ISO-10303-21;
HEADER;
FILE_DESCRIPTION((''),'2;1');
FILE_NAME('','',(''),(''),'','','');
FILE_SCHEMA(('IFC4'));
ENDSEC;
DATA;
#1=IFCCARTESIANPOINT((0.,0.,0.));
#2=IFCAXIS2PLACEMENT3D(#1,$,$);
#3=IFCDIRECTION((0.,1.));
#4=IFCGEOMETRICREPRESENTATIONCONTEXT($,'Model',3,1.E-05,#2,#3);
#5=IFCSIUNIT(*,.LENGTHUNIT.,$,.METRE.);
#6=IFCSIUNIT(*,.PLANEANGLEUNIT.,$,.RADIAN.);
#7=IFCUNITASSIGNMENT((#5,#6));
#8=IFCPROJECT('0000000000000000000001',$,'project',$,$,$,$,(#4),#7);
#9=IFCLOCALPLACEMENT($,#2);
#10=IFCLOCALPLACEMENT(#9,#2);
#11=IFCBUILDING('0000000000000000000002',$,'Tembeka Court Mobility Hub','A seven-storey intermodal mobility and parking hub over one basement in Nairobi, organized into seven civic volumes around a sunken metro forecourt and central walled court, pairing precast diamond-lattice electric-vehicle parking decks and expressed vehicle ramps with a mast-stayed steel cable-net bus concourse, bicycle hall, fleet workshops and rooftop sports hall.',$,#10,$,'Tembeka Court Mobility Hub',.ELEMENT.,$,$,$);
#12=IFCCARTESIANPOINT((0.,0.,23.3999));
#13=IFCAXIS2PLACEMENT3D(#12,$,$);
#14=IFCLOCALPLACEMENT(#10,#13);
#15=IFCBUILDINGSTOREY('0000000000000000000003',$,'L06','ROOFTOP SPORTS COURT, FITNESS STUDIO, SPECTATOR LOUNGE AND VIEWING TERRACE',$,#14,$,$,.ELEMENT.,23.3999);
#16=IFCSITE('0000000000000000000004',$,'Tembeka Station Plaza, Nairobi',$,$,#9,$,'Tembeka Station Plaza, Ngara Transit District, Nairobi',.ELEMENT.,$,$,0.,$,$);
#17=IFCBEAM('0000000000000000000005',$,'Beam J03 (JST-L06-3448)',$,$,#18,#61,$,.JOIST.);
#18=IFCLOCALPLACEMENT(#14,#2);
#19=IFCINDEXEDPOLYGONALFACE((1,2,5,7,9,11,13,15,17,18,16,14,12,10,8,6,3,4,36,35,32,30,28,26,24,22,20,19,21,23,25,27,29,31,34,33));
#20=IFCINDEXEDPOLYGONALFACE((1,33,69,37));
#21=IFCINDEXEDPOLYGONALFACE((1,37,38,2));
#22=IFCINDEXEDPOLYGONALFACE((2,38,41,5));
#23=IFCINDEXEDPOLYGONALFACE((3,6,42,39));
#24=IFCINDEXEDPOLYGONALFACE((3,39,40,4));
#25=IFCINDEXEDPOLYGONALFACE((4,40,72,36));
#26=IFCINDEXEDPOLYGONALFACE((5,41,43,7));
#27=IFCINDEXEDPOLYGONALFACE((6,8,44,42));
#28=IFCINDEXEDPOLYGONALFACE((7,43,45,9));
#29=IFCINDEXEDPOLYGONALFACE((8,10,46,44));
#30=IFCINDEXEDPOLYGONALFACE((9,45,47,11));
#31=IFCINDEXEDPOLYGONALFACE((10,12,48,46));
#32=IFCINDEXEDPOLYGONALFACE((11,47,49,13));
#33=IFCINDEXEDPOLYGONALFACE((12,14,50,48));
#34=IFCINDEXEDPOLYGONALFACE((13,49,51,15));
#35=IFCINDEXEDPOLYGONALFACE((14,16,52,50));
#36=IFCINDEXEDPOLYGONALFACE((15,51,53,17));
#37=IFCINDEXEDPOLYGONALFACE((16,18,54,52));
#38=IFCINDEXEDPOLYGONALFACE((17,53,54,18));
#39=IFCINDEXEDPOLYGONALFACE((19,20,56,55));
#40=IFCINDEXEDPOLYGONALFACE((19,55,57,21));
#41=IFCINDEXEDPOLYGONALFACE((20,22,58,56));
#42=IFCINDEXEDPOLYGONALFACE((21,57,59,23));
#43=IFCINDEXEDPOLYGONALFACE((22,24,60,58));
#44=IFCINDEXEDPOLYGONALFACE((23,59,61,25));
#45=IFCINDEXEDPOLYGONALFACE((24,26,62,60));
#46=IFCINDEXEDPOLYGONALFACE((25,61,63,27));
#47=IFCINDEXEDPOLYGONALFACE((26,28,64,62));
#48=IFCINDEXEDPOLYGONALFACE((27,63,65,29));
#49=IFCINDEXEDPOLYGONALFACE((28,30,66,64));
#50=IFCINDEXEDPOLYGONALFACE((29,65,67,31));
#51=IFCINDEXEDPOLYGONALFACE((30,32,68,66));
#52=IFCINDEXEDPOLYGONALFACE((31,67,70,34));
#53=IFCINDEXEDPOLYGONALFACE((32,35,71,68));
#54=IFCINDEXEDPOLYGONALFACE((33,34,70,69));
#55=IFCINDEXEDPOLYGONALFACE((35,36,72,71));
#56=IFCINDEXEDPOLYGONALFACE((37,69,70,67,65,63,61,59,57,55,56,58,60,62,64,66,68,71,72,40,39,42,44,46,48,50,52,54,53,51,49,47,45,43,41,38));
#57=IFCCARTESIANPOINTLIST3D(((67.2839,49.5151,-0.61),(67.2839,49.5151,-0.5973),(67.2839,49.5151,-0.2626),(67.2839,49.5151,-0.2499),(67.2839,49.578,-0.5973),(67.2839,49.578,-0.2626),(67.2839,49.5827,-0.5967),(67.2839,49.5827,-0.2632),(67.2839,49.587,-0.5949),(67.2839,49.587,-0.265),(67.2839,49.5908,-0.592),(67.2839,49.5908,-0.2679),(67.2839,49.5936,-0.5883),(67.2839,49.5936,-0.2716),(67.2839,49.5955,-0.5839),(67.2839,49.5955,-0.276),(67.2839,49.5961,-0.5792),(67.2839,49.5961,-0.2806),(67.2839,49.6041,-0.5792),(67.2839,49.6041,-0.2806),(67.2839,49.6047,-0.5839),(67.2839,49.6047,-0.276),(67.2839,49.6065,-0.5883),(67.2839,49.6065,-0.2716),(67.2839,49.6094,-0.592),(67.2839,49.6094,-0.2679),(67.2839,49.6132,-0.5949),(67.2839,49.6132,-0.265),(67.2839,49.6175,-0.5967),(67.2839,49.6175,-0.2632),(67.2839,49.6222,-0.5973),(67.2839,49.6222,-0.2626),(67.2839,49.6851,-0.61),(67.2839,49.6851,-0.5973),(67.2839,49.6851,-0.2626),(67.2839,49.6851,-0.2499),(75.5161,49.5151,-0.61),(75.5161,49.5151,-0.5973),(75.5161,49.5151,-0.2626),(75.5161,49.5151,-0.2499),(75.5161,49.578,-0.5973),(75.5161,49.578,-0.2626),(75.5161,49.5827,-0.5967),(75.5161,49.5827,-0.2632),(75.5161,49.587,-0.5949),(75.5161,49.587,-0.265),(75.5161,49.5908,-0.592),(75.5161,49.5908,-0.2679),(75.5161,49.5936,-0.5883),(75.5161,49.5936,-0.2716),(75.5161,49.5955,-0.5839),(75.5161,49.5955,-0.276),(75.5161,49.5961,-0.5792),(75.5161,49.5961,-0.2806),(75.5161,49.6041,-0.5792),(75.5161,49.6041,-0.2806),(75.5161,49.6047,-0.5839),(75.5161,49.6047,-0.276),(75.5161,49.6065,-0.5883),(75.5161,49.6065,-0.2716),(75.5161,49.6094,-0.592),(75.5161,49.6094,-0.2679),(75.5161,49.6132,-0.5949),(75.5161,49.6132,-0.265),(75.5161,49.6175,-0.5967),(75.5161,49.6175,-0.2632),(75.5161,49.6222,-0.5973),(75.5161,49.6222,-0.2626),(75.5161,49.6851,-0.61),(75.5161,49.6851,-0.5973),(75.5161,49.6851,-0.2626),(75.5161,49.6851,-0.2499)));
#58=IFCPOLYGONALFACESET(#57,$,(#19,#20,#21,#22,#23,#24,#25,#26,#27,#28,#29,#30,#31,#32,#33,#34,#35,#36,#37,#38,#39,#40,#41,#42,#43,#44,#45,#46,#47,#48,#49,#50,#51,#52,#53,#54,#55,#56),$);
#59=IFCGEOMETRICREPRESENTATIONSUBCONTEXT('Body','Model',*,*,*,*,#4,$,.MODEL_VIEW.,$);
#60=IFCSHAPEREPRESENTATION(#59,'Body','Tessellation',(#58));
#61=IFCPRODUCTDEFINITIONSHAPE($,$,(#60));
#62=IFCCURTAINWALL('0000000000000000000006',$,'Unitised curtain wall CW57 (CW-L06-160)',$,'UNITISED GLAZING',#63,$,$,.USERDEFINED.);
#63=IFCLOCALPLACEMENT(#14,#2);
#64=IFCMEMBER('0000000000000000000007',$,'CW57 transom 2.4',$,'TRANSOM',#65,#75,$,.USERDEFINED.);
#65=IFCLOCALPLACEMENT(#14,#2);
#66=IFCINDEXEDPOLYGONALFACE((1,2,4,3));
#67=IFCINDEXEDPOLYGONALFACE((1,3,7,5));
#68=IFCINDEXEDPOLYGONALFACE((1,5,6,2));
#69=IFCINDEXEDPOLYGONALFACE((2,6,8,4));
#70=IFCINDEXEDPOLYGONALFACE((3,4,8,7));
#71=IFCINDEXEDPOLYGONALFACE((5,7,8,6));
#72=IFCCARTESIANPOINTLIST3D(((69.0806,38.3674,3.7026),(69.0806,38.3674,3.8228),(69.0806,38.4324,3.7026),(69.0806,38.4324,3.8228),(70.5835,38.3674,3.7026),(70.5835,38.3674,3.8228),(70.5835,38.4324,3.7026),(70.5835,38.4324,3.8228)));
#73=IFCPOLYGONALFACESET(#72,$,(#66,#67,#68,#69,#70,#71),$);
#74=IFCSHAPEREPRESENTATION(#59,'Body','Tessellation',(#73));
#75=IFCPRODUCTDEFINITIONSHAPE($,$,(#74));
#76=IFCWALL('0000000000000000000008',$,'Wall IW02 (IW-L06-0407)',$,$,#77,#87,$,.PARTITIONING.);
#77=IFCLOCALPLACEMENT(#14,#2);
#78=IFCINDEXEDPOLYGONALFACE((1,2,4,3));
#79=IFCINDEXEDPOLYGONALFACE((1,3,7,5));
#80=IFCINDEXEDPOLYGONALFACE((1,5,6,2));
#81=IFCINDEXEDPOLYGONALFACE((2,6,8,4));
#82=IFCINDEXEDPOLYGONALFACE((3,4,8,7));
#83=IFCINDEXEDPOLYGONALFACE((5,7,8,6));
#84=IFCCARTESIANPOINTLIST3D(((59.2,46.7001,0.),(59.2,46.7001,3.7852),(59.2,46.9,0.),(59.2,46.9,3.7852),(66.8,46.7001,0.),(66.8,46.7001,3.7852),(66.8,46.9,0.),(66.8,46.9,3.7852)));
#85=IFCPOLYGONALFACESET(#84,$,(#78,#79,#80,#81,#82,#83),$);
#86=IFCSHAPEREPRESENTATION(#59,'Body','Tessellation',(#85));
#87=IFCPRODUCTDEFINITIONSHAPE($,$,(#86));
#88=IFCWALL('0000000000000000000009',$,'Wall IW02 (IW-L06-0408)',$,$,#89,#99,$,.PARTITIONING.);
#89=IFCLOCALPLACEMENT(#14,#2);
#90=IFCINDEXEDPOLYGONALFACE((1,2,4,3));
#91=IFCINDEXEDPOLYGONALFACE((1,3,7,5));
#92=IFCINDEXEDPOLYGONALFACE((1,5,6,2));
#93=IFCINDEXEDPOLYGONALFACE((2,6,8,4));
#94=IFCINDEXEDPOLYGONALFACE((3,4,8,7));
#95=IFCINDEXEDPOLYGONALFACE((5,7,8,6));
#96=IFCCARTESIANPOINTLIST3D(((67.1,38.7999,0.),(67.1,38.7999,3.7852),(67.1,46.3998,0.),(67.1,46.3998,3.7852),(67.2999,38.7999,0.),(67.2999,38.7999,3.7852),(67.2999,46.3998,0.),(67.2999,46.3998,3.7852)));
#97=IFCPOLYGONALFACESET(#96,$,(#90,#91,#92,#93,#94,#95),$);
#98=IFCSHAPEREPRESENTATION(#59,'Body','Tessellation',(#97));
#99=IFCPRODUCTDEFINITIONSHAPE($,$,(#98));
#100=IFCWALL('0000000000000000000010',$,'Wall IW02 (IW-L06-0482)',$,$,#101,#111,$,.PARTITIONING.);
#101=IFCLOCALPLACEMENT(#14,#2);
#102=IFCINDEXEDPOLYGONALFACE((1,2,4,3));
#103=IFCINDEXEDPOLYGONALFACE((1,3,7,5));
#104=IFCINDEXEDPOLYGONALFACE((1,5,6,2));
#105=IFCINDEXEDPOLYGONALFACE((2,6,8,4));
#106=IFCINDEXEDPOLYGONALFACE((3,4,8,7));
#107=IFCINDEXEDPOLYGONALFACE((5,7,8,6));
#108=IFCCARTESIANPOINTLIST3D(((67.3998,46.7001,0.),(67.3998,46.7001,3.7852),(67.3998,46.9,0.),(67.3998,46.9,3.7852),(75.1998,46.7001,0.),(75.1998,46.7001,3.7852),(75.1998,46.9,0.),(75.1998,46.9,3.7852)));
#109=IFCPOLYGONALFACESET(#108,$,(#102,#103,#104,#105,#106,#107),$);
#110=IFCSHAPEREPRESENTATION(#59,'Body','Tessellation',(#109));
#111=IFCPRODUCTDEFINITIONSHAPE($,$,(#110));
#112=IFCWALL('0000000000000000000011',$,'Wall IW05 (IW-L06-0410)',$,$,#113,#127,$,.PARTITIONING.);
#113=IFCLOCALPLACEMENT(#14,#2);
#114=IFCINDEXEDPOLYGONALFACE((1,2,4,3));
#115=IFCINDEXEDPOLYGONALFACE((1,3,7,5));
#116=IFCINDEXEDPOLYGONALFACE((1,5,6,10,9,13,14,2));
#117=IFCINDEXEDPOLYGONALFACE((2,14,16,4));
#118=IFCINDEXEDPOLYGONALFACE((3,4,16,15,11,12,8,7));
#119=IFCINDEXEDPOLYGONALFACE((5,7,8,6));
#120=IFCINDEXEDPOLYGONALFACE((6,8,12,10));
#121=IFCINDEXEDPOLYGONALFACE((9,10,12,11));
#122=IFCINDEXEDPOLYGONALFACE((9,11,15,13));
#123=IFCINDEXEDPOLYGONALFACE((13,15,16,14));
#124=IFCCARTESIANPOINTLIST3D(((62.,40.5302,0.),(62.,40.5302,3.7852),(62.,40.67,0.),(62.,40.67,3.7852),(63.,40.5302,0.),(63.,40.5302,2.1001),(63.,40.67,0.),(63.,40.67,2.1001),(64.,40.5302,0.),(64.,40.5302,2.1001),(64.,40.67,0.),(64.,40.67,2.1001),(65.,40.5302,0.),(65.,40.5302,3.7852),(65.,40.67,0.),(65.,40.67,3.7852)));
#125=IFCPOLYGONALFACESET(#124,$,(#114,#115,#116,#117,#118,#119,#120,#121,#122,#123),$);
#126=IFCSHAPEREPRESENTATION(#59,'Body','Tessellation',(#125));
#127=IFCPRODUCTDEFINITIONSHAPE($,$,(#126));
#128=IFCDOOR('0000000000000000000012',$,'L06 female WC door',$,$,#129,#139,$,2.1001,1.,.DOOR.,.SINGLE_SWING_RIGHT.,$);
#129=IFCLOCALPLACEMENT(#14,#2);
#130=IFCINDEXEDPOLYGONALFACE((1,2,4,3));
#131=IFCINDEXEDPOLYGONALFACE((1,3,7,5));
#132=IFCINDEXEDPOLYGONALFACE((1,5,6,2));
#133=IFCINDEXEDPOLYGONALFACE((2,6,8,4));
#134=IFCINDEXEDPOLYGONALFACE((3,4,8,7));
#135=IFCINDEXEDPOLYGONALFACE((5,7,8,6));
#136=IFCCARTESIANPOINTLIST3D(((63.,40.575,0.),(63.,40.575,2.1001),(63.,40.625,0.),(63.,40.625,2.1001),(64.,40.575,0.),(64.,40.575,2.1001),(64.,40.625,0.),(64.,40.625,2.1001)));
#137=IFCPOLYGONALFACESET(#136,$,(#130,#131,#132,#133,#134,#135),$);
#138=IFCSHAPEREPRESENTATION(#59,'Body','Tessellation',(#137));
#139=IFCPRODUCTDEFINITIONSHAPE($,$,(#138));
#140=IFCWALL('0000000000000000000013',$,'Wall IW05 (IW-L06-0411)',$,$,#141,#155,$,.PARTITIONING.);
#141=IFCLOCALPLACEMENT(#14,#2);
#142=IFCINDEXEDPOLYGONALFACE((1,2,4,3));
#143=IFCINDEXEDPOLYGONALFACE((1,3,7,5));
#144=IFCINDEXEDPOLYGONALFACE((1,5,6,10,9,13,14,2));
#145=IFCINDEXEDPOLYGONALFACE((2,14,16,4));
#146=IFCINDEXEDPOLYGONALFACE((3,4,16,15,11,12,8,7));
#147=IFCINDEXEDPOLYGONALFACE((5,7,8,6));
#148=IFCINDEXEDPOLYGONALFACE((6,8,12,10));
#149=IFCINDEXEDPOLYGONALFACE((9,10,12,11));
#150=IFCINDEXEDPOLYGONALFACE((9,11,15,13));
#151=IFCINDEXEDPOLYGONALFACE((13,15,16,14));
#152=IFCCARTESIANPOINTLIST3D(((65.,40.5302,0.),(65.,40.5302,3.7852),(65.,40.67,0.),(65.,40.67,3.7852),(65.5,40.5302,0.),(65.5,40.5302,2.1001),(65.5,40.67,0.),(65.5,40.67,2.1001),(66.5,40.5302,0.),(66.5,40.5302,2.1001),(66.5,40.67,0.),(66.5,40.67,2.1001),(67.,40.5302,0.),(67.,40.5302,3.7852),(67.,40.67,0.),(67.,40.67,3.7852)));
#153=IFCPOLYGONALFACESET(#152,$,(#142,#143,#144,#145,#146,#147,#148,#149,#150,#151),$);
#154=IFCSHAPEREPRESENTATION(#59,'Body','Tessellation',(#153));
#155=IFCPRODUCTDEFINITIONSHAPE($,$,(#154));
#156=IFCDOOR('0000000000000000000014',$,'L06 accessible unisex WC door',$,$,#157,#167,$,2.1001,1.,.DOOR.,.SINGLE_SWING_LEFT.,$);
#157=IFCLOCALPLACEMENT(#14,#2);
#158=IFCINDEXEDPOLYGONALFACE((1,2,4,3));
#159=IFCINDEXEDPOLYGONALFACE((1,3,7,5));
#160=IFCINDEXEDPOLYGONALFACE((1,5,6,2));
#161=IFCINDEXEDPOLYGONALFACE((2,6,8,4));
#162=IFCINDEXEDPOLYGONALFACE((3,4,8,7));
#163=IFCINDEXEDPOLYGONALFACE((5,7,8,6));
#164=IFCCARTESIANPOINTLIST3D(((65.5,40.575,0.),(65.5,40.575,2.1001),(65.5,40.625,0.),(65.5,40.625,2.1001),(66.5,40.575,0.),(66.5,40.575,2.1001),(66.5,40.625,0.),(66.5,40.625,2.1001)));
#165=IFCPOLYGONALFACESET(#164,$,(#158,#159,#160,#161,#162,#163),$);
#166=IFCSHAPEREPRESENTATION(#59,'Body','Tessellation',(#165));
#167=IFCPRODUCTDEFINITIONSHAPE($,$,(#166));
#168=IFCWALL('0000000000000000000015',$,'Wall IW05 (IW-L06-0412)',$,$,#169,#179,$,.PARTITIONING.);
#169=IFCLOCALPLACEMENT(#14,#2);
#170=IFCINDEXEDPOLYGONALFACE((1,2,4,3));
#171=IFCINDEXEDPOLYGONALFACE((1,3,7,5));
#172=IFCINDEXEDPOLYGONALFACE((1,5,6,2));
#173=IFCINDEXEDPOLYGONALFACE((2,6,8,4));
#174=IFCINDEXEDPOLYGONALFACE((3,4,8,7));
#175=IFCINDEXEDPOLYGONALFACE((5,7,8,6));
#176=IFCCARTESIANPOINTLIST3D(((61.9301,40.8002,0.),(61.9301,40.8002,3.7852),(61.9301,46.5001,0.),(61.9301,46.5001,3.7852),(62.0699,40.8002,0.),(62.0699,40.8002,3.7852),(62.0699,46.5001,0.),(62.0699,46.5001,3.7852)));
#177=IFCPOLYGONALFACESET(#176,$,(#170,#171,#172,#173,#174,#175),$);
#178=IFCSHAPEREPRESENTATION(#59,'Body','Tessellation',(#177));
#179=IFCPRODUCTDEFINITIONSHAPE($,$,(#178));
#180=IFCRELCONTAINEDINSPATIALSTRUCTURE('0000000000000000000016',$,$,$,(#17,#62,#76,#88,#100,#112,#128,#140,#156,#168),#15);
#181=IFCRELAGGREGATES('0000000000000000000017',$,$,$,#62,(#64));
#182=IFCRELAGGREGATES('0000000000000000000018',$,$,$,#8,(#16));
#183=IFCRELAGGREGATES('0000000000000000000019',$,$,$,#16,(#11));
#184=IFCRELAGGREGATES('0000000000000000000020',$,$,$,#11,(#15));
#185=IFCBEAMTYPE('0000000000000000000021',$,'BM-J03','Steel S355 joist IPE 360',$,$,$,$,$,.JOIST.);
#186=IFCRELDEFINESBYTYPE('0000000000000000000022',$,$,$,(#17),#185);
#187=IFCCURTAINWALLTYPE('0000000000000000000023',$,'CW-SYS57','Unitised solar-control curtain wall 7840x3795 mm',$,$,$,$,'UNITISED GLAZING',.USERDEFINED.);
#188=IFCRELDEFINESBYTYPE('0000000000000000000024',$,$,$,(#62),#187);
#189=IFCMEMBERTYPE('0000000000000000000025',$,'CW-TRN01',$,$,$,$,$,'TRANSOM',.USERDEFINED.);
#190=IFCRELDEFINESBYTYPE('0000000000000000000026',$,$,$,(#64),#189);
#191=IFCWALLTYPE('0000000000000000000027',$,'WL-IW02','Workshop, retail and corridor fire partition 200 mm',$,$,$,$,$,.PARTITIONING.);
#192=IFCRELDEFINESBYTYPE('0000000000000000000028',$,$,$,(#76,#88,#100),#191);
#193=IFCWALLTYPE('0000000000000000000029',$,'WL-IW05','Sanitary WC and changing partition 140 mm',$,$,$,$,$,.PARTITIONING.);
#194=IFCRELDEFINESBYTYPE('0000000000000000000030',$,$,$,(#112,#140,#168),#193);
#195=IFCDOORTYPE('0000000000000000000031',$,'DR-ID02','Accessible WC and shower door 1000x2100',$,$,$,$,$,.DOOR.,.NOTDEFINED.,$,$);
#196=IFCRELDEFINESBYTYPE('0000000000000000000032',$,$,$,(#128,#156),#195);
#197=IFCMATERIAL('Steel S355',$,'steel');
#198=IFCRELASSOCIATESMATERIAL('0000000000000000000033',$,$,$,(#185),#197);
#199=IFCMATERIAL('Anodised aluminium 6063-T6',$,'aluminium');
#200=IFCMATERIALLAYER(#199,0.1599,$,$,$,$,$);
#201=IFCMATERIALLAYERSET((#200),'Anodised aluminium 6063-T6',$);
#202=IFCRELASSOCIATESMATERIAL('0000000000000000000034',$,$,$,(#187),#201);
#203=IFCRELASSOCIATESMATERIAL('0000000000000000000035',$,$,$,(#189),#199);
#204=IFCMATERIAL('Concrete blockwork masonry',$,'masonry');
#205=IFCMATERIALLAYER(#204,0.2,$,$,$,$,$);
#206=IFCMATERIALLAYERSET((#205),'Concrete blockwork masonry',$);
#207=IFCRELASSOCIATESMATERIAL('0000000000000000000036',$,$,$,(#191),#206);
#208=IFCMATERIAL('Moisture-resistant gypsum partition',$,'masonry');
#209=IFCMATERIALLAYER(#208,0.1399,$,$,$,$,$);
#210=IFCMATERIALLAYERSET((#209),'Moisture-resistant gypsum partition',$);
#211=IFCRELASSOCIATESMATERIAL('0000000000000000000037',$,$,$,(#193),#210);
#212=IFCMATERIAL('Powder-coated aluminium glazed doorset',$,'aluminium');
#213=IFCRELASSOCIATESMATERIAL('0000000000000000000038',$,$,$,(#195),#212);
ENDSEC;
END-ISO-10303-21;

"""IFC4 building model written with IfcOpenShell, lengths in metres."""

from ifc_helpers import new_model, si_unit, direction, frame, frame_2d, origin, origin_2d, place, context, subcontext, project, spatial, rectangle, i_section, extrude, material, layer, layer_set, material_profile, profile_set, type_object, element, fill, aggregate, save


model = new_model("IFC4")

# Units and contexts
model_context = context("Model", 3, precision=1e-05, world=origin(), true_north=direction((0.0, 1.0)))
body_context = subcontext(model_context, "Body", "Model", "MODEL_VIEW")
ifc_project = project(units=[si_unit("LENGTHUNIT", "METRE"), si_unit("PLANEANGLEUNIT", "RADIAN")], contexts=[model_context])

# Site, building, storey
site_placement = place(None, origin())
site = spatial("IfcSite", under=ifc_project, at=site_placement, Name="Tembeka Station Plaza, Nairobi", LongName="Tembeka Station Plaza, Ngara Transit District, Nairobi", CompositionType="ELEMENT", RefElevation=0.0)
building_placement = place(site_placement, origin())
building = spatial("IfcBuilding", under=site, at=building_placement, Name="Tembeka Court Mobility Hub", Description="A seven-storey intermodal mobility and parking hub over one basement in Nairobi, organized into seven civic volumes around a sunken metro forecourt and central walled court, pairing precast diamond-lattice electric-vehicle parking decks and expressed vehicle ramps with a mast-stayed steel cable-net bus concourse, bicycle hall, fleet workshops and rooftop sports hall.", LongName="Tembeka Court Mobility Hub", CompositionType="ELEMENT")
storey_placement = place(building_placement, frame((0.0, 0.0, 23.3999)))
storey = spatial("IfcBuildingStorey", under=building, at=storey_placement, Name="L06", Description="ROOFTOP SPORTS COURT, FITNESS STUDIO, SPECTATOR LOUNGE AND VIEWING TERRACE", CompositionType="ELEMENT", Elevation=23.3999)

# Shared definitions
ifc_material_1 = material(Name="Steel S355", Category="steel")

# Beam
ifc_material_profile_1 = material_profile(ifc_material_1, i_section(OverallWidth=0.1699, OverallDepth=0.3601, WebThickness=0.0081, FlangeThickness=0.0127, FilletRadius=0.0181, at=origin_2d()), Name="IPE 360")
ifc_profile_set_1 = profile_set([ifc_material_profile_1], Name="Steel S355")
beam_type_1 = type_object("IfcBeamType", Name="BM-J03", Description="Steel S355 joist IPE 360", PredefinedType="JOIST", material=ifc_profile_set_1)
for number, where, z_axis, x_axis, name in (
    (1, (67.2839, 49.6001, -0.4299), (1.0, 0.0, 0.0), (0.0, 1.0, 0.0), "Beam J03 (JST-L06-3448)"),
):
    element("IfcBeam", number, at=place(storey_placement, frame(where, z_axis=z_axis, x_axis=x_axis)), inside=storey, type_object=beam_type_1, Name=name, PredefinedType="JOIST", context=body_context, shape_type="SweptSolid", body=[
        extrude(i_section(OverallWidth=0.1699, OverallDepth=0.3601, WebThickness=0.0081, FlangeThickness=0.0127, FilletRadius=0.0181, at=origin_2d()), origin(), (0.0, 0.0, 1.0), 8.2322),
    ])

# Curtain wall, member
ifc_material_2 = material(Name="Anodised aluminium 6063-T6", Category="aluminium")
ifc_layer_1 = layer(ifc_material_2, 0.1599)
ifc_layer_set_1 = layer_set([ifc_layer_1], Name="Anodised aluminium 6063-T6")
curtain_wall_type = type_object("IfcCurtainWallType", Name="CW-SYS57", Description="Unitised solar-control curtain wall 7840x3795 mm", ElementType="UNITISED GLAZING", PredefinedType="USERDEFINED", material=ifc_layer_set_1)
curtain_wall_placement = place(storey_placement, origin())
curtain_wall = element("IfcCurtainWall", 2, at=curtain_wall_placement, inside=storey, type_object=curtain_wall_type, Name="Unitised curtain wall CW57 (CW-L06-160)", ObjectType="UNITISED GLAZING", PredefinedType="USERDEFINED")
ifc_material_profile_2 = material_profile(ifc_material_2, rectangle(XDim=0.0649, YDim=0.1201, at=origin_2d()), Name="ALU-TRN 65x120")
ifc_profile_set_2 = profile_set([ifc_material_profile_2], Name="Anodised aluminium 6063-T6")
member_type = type_object("IfcMemberType", Name="CW-TRN01", ElementType="TRANSOM", PredefinedType="USERDEFINED", material=ifc_profile_set_2)
member_placement = place(storey_placement, frame((69.0806, 38.3999, 3.7627), z_axis=(1.0, 0.0, 0.0), x_axis=(0.0, 1.0, 0.0)))
member = element("IfcMember", 3, at=member_placement, type_object=member_type, Name="CW57 transom 2.4", ObjectType="TRANSOM", PredefinedType="USERDEFINED", context=body_context, shape_type="SweptSolid", body=[
    extrude(rectangle(XDim=0.0649, YDim=0.1201, at=origin_2d()), origin(), (0.0, 0.0, 1.0), 1.5029),
])
aggregate(curtain_wall, [member])

# Walls
ifc_material_3 = material(Name="Concrete blockwork masonry", Category="masonry")
ifc_layer_2 = layer(ifc_material_3, 0.2)
ifc_layer_set_2 = layer_set([ifc_layer_2], Name="Concrete blockwork masonry")
wall_type_1 = type_object("IfcWallType", Name="WL-IW02", Description="Workshop, retail and corridor fire partition 200 mm", PredefinedType="PARTITIONING", material=ifc_layer_set_2)
wall_1_placement = place(storey_placement, frame((59.2, 46.8, 0.0), z_axis=(0.0, 0.0, 1.0), x_axis=(1.0, 0.0, 0.0)))
element("IfcWall", 4, at=wall_1_placement, inside=storey, type_object=wall_type_1, Name="Wall IW02 (IW-L06-0407)", PredefinedType="PARTITIONING", context=body_context, shape_type="SweptSolid", body=[
    extrude(rectangle(XDim=7.6001, YDim=0.2, at=frame_2d((3.8, 0.0))), origin(), (0.0, 0.0, 1.0), 3.7852),
])
wall_2_placement = place(storey_placement, frame((67.2, 38.8, 0.0), z_axis=(0.0, 0.0, 1.0), x_axis=(0.0, 1.0, 0.0)))
element("IfcWall", 5, at=wall_2_placement, inside=storey, type_object=wall_type_1, Name="Wall IW02 (IW-L06-0408)", PredefinedType="PARTITIONING", context=body_context, shape_type="SweptSolid", body=[
    extrude(rectangle(XDim=7.5999, YDim=0.2, at=frame_2d((3.7998, 0.0))), origin(), (0.0, 0.0, 1.0), 3.7852),
])
wall_3_placement = place(storey_placement, frame((67.3999, 46.8, 0.0), z_axis=(0.0, 0.0, 1.0), x_axis=(1.0, 0.0, 0.0)))
element("IfcWall", 6, at=wall_3_placement, inside=storey, type_object=wall_type_1, Name="Wall IW02 (IW-L06-0482)", PredefinedType="PARTITIONING", context=body_context, shape_type="SweptSolid", body=[
    extrude(rectangle(XDim=7.8, YDim=0.2, at=frame_2d((3.8999, 0.0))), origin(), (0.0, 0.0, 1.0), 3.7852),
])

# Walls, openings, doors
ifc_material_4 = material(Name="Moisture-resistant gypsum partition", Category="masonry")
ifc_layer_3 = layer(ifc_material_4, 0.1399)
ifc_layer_set_3 = layer_set([ifc_layer_3], Name="Moisture-resistant gypsum partition")
wall_type_2 = type_object("IfcWallType", Name="WL-IW05", Description="Sanitary WC and changing partition 140 mm", PredefinedType="PARTITIONING", material=ifc_layer_set_3)
wall_4_placement = place(storey_placement, frame((62.0, 40.6001, 0.0), z_axis=(0.0, 0.0, 1.0), x_axis=(1.0, 0.0, 0.0)))
wall_4 = element("IfcWall", 7, at=wall_4_placement, inside=storey, type_object=wall_type_2, Name="Wall IW05 (IW-L06-0410)", PredefinedType="PARTITIONING", context=body_context, shape_type="SweptSolid", body=[
    extrude(rectangle(XDim=3.0, YDim=0.1399, at=frame_2d((1.5, 0.0))), origin(), (0.0, 0.0, 1.0), 3.7852),
])
opening_1_placement = place(wall_4_placement, frame((1.0, 0.0, 0.0)))
opening_1 = element("IfcOpeningElement", 8, at=opening_1_placement, cuts=wall_4, PredefinedType="OPENING", context=body_context, shape_type="SweptSolid", body=[
    extrude(rectangle(XDim=1.0, YDim=2.1001, at=frame_2d((0.5, 1.05))), frame((0.0, 0.0801, 0.0), z_axis=(0.0, -1.0, 0.0), x_axis=(1.0, 0.0, 0.0)), (0.0, 0.0, 1.0), 0.1599),
])
ifc_material_5 = material(Name="Powder-coated aluminium glazed doorset", Category="aluminium")
door_type_1 = type_object("IfcDoorType", Name="DR-ID02", Description="Accessible WC and shower door 1000x2100", OperationType="NOTDEFINED", PredefinedType="DOOR", material=ifc_material_5)
door_1_placement = place(opening_1_placement, origin())
door_1 = element("IfcDoor", 9, at=door_1_placement, inside=storey, type_object=door_type_1, Name="L06 female WC door", OperationType="SINGLE_SWING_RIGHT", OverallHeight=2.1001, OverallWidth=1.0, PredefinedType="DOOR", context=body_context, shape_type="SweptSolid", body=[
    extrude(rectangle(XDim=1.0, YDim=2.1001, at=frame_2d((0.5, 1.05))), frame((0.0, 0.0249, 0.0), z_axis=(0.0, -1.0, 0.0), x_axis=(1.0, 0.0, 0.0)), (0.0, 0.0, 1.0), 0.05),
])
fill(opening_1, door_1)
wall_5_placement = place(storey_placement, frame((65.0, 40.6001, 0.0), z_axis=(0.0, 0.0, 1.0), x_axis=(1.0, 0.0, 0.0)))
wall_5 = element("IfcWall", 10, at=wall_5_placement, inside=storey, type_object=wall_type_2, Name="Wall IW05 (IW-L06-0411)", PredefinedType="PARTITIONING", context=body_context, shape_type="SweptSolid", body=[
    extrude(rectangle(XDim=2.0, YDim=0.1399, at=frame_2d((1.0, 0.0))), origin(), (0.0, 0.0, 1.0), 3.7852),
])
opening_2_placement = place(wall_5_placement, frame((0.5, 0.0, 0.0)))
opening_2 = element("IfcOpeningElement", 11, at=opening_2_placement, cuts=wall_5, PredefinedType="OPENING", context=body_context, shape_type="SweptSolid", body=[
    extrude(rectangle(XDim=1.0, YDim=2.1001, at=frame_2d((0.5, 1.05))), frame((0.0, 0.0801, 0.0), z_axis=(0.0, -1.0, 0.0), x_axis=(1.0, 0.0, 0.0)), (0.0, 0.0, 1.0), 0.1599),
])
door_2_placement = place(opening_2_placement, origin())
door_2 = element("IfcDoor", 12, at=door_2_placement, inside=storey, type_object=door_type_1, Name="L06 accessible unisex WC door", OperationType="SINGLE_SWING_LEFT", OverallHeight=2.1001, OverallWidth=1.0, PredefinedType="DOOR", context=body_context, shape_type="SweptSolid", body=[
    extrude(rectangle(XDim=1.0, YDim=2.1001, at=frame_2d((0.5, 1.05))), frame((0.0, 0.0249, 0.0), z_axis=(0.0, -1.0, 0.0), x_axis=(1.0, 0.0, 0.0)), (0.0, 0.0, 1.0), 0.05),
])
fill(opening_2, door_2)

# Wall
wall_6_placement = place(storey_placement, frame((62.0, 40.8, 0.0), z_axis=(0.0, 0.0, 1.0), x_axis=(0.0, 1.0, 0.0)))
element("IfcWall", 13, at=wall_6_placement, inside=storey, type_object=wall_type_2, Name="Wall IW05 (IW-L06-0412)", PredefinedType="PARTITIONING", context=body_context, shape_type="SweptSolid", body=[
    extrude(rectangle(XDim=5.7, YDim=0.1399, at=frame_2d((2.8501, 0.0))), origin(), (0.0, 0.0, 1.0), 3.7852),
])

save(model, "model.ifc")
